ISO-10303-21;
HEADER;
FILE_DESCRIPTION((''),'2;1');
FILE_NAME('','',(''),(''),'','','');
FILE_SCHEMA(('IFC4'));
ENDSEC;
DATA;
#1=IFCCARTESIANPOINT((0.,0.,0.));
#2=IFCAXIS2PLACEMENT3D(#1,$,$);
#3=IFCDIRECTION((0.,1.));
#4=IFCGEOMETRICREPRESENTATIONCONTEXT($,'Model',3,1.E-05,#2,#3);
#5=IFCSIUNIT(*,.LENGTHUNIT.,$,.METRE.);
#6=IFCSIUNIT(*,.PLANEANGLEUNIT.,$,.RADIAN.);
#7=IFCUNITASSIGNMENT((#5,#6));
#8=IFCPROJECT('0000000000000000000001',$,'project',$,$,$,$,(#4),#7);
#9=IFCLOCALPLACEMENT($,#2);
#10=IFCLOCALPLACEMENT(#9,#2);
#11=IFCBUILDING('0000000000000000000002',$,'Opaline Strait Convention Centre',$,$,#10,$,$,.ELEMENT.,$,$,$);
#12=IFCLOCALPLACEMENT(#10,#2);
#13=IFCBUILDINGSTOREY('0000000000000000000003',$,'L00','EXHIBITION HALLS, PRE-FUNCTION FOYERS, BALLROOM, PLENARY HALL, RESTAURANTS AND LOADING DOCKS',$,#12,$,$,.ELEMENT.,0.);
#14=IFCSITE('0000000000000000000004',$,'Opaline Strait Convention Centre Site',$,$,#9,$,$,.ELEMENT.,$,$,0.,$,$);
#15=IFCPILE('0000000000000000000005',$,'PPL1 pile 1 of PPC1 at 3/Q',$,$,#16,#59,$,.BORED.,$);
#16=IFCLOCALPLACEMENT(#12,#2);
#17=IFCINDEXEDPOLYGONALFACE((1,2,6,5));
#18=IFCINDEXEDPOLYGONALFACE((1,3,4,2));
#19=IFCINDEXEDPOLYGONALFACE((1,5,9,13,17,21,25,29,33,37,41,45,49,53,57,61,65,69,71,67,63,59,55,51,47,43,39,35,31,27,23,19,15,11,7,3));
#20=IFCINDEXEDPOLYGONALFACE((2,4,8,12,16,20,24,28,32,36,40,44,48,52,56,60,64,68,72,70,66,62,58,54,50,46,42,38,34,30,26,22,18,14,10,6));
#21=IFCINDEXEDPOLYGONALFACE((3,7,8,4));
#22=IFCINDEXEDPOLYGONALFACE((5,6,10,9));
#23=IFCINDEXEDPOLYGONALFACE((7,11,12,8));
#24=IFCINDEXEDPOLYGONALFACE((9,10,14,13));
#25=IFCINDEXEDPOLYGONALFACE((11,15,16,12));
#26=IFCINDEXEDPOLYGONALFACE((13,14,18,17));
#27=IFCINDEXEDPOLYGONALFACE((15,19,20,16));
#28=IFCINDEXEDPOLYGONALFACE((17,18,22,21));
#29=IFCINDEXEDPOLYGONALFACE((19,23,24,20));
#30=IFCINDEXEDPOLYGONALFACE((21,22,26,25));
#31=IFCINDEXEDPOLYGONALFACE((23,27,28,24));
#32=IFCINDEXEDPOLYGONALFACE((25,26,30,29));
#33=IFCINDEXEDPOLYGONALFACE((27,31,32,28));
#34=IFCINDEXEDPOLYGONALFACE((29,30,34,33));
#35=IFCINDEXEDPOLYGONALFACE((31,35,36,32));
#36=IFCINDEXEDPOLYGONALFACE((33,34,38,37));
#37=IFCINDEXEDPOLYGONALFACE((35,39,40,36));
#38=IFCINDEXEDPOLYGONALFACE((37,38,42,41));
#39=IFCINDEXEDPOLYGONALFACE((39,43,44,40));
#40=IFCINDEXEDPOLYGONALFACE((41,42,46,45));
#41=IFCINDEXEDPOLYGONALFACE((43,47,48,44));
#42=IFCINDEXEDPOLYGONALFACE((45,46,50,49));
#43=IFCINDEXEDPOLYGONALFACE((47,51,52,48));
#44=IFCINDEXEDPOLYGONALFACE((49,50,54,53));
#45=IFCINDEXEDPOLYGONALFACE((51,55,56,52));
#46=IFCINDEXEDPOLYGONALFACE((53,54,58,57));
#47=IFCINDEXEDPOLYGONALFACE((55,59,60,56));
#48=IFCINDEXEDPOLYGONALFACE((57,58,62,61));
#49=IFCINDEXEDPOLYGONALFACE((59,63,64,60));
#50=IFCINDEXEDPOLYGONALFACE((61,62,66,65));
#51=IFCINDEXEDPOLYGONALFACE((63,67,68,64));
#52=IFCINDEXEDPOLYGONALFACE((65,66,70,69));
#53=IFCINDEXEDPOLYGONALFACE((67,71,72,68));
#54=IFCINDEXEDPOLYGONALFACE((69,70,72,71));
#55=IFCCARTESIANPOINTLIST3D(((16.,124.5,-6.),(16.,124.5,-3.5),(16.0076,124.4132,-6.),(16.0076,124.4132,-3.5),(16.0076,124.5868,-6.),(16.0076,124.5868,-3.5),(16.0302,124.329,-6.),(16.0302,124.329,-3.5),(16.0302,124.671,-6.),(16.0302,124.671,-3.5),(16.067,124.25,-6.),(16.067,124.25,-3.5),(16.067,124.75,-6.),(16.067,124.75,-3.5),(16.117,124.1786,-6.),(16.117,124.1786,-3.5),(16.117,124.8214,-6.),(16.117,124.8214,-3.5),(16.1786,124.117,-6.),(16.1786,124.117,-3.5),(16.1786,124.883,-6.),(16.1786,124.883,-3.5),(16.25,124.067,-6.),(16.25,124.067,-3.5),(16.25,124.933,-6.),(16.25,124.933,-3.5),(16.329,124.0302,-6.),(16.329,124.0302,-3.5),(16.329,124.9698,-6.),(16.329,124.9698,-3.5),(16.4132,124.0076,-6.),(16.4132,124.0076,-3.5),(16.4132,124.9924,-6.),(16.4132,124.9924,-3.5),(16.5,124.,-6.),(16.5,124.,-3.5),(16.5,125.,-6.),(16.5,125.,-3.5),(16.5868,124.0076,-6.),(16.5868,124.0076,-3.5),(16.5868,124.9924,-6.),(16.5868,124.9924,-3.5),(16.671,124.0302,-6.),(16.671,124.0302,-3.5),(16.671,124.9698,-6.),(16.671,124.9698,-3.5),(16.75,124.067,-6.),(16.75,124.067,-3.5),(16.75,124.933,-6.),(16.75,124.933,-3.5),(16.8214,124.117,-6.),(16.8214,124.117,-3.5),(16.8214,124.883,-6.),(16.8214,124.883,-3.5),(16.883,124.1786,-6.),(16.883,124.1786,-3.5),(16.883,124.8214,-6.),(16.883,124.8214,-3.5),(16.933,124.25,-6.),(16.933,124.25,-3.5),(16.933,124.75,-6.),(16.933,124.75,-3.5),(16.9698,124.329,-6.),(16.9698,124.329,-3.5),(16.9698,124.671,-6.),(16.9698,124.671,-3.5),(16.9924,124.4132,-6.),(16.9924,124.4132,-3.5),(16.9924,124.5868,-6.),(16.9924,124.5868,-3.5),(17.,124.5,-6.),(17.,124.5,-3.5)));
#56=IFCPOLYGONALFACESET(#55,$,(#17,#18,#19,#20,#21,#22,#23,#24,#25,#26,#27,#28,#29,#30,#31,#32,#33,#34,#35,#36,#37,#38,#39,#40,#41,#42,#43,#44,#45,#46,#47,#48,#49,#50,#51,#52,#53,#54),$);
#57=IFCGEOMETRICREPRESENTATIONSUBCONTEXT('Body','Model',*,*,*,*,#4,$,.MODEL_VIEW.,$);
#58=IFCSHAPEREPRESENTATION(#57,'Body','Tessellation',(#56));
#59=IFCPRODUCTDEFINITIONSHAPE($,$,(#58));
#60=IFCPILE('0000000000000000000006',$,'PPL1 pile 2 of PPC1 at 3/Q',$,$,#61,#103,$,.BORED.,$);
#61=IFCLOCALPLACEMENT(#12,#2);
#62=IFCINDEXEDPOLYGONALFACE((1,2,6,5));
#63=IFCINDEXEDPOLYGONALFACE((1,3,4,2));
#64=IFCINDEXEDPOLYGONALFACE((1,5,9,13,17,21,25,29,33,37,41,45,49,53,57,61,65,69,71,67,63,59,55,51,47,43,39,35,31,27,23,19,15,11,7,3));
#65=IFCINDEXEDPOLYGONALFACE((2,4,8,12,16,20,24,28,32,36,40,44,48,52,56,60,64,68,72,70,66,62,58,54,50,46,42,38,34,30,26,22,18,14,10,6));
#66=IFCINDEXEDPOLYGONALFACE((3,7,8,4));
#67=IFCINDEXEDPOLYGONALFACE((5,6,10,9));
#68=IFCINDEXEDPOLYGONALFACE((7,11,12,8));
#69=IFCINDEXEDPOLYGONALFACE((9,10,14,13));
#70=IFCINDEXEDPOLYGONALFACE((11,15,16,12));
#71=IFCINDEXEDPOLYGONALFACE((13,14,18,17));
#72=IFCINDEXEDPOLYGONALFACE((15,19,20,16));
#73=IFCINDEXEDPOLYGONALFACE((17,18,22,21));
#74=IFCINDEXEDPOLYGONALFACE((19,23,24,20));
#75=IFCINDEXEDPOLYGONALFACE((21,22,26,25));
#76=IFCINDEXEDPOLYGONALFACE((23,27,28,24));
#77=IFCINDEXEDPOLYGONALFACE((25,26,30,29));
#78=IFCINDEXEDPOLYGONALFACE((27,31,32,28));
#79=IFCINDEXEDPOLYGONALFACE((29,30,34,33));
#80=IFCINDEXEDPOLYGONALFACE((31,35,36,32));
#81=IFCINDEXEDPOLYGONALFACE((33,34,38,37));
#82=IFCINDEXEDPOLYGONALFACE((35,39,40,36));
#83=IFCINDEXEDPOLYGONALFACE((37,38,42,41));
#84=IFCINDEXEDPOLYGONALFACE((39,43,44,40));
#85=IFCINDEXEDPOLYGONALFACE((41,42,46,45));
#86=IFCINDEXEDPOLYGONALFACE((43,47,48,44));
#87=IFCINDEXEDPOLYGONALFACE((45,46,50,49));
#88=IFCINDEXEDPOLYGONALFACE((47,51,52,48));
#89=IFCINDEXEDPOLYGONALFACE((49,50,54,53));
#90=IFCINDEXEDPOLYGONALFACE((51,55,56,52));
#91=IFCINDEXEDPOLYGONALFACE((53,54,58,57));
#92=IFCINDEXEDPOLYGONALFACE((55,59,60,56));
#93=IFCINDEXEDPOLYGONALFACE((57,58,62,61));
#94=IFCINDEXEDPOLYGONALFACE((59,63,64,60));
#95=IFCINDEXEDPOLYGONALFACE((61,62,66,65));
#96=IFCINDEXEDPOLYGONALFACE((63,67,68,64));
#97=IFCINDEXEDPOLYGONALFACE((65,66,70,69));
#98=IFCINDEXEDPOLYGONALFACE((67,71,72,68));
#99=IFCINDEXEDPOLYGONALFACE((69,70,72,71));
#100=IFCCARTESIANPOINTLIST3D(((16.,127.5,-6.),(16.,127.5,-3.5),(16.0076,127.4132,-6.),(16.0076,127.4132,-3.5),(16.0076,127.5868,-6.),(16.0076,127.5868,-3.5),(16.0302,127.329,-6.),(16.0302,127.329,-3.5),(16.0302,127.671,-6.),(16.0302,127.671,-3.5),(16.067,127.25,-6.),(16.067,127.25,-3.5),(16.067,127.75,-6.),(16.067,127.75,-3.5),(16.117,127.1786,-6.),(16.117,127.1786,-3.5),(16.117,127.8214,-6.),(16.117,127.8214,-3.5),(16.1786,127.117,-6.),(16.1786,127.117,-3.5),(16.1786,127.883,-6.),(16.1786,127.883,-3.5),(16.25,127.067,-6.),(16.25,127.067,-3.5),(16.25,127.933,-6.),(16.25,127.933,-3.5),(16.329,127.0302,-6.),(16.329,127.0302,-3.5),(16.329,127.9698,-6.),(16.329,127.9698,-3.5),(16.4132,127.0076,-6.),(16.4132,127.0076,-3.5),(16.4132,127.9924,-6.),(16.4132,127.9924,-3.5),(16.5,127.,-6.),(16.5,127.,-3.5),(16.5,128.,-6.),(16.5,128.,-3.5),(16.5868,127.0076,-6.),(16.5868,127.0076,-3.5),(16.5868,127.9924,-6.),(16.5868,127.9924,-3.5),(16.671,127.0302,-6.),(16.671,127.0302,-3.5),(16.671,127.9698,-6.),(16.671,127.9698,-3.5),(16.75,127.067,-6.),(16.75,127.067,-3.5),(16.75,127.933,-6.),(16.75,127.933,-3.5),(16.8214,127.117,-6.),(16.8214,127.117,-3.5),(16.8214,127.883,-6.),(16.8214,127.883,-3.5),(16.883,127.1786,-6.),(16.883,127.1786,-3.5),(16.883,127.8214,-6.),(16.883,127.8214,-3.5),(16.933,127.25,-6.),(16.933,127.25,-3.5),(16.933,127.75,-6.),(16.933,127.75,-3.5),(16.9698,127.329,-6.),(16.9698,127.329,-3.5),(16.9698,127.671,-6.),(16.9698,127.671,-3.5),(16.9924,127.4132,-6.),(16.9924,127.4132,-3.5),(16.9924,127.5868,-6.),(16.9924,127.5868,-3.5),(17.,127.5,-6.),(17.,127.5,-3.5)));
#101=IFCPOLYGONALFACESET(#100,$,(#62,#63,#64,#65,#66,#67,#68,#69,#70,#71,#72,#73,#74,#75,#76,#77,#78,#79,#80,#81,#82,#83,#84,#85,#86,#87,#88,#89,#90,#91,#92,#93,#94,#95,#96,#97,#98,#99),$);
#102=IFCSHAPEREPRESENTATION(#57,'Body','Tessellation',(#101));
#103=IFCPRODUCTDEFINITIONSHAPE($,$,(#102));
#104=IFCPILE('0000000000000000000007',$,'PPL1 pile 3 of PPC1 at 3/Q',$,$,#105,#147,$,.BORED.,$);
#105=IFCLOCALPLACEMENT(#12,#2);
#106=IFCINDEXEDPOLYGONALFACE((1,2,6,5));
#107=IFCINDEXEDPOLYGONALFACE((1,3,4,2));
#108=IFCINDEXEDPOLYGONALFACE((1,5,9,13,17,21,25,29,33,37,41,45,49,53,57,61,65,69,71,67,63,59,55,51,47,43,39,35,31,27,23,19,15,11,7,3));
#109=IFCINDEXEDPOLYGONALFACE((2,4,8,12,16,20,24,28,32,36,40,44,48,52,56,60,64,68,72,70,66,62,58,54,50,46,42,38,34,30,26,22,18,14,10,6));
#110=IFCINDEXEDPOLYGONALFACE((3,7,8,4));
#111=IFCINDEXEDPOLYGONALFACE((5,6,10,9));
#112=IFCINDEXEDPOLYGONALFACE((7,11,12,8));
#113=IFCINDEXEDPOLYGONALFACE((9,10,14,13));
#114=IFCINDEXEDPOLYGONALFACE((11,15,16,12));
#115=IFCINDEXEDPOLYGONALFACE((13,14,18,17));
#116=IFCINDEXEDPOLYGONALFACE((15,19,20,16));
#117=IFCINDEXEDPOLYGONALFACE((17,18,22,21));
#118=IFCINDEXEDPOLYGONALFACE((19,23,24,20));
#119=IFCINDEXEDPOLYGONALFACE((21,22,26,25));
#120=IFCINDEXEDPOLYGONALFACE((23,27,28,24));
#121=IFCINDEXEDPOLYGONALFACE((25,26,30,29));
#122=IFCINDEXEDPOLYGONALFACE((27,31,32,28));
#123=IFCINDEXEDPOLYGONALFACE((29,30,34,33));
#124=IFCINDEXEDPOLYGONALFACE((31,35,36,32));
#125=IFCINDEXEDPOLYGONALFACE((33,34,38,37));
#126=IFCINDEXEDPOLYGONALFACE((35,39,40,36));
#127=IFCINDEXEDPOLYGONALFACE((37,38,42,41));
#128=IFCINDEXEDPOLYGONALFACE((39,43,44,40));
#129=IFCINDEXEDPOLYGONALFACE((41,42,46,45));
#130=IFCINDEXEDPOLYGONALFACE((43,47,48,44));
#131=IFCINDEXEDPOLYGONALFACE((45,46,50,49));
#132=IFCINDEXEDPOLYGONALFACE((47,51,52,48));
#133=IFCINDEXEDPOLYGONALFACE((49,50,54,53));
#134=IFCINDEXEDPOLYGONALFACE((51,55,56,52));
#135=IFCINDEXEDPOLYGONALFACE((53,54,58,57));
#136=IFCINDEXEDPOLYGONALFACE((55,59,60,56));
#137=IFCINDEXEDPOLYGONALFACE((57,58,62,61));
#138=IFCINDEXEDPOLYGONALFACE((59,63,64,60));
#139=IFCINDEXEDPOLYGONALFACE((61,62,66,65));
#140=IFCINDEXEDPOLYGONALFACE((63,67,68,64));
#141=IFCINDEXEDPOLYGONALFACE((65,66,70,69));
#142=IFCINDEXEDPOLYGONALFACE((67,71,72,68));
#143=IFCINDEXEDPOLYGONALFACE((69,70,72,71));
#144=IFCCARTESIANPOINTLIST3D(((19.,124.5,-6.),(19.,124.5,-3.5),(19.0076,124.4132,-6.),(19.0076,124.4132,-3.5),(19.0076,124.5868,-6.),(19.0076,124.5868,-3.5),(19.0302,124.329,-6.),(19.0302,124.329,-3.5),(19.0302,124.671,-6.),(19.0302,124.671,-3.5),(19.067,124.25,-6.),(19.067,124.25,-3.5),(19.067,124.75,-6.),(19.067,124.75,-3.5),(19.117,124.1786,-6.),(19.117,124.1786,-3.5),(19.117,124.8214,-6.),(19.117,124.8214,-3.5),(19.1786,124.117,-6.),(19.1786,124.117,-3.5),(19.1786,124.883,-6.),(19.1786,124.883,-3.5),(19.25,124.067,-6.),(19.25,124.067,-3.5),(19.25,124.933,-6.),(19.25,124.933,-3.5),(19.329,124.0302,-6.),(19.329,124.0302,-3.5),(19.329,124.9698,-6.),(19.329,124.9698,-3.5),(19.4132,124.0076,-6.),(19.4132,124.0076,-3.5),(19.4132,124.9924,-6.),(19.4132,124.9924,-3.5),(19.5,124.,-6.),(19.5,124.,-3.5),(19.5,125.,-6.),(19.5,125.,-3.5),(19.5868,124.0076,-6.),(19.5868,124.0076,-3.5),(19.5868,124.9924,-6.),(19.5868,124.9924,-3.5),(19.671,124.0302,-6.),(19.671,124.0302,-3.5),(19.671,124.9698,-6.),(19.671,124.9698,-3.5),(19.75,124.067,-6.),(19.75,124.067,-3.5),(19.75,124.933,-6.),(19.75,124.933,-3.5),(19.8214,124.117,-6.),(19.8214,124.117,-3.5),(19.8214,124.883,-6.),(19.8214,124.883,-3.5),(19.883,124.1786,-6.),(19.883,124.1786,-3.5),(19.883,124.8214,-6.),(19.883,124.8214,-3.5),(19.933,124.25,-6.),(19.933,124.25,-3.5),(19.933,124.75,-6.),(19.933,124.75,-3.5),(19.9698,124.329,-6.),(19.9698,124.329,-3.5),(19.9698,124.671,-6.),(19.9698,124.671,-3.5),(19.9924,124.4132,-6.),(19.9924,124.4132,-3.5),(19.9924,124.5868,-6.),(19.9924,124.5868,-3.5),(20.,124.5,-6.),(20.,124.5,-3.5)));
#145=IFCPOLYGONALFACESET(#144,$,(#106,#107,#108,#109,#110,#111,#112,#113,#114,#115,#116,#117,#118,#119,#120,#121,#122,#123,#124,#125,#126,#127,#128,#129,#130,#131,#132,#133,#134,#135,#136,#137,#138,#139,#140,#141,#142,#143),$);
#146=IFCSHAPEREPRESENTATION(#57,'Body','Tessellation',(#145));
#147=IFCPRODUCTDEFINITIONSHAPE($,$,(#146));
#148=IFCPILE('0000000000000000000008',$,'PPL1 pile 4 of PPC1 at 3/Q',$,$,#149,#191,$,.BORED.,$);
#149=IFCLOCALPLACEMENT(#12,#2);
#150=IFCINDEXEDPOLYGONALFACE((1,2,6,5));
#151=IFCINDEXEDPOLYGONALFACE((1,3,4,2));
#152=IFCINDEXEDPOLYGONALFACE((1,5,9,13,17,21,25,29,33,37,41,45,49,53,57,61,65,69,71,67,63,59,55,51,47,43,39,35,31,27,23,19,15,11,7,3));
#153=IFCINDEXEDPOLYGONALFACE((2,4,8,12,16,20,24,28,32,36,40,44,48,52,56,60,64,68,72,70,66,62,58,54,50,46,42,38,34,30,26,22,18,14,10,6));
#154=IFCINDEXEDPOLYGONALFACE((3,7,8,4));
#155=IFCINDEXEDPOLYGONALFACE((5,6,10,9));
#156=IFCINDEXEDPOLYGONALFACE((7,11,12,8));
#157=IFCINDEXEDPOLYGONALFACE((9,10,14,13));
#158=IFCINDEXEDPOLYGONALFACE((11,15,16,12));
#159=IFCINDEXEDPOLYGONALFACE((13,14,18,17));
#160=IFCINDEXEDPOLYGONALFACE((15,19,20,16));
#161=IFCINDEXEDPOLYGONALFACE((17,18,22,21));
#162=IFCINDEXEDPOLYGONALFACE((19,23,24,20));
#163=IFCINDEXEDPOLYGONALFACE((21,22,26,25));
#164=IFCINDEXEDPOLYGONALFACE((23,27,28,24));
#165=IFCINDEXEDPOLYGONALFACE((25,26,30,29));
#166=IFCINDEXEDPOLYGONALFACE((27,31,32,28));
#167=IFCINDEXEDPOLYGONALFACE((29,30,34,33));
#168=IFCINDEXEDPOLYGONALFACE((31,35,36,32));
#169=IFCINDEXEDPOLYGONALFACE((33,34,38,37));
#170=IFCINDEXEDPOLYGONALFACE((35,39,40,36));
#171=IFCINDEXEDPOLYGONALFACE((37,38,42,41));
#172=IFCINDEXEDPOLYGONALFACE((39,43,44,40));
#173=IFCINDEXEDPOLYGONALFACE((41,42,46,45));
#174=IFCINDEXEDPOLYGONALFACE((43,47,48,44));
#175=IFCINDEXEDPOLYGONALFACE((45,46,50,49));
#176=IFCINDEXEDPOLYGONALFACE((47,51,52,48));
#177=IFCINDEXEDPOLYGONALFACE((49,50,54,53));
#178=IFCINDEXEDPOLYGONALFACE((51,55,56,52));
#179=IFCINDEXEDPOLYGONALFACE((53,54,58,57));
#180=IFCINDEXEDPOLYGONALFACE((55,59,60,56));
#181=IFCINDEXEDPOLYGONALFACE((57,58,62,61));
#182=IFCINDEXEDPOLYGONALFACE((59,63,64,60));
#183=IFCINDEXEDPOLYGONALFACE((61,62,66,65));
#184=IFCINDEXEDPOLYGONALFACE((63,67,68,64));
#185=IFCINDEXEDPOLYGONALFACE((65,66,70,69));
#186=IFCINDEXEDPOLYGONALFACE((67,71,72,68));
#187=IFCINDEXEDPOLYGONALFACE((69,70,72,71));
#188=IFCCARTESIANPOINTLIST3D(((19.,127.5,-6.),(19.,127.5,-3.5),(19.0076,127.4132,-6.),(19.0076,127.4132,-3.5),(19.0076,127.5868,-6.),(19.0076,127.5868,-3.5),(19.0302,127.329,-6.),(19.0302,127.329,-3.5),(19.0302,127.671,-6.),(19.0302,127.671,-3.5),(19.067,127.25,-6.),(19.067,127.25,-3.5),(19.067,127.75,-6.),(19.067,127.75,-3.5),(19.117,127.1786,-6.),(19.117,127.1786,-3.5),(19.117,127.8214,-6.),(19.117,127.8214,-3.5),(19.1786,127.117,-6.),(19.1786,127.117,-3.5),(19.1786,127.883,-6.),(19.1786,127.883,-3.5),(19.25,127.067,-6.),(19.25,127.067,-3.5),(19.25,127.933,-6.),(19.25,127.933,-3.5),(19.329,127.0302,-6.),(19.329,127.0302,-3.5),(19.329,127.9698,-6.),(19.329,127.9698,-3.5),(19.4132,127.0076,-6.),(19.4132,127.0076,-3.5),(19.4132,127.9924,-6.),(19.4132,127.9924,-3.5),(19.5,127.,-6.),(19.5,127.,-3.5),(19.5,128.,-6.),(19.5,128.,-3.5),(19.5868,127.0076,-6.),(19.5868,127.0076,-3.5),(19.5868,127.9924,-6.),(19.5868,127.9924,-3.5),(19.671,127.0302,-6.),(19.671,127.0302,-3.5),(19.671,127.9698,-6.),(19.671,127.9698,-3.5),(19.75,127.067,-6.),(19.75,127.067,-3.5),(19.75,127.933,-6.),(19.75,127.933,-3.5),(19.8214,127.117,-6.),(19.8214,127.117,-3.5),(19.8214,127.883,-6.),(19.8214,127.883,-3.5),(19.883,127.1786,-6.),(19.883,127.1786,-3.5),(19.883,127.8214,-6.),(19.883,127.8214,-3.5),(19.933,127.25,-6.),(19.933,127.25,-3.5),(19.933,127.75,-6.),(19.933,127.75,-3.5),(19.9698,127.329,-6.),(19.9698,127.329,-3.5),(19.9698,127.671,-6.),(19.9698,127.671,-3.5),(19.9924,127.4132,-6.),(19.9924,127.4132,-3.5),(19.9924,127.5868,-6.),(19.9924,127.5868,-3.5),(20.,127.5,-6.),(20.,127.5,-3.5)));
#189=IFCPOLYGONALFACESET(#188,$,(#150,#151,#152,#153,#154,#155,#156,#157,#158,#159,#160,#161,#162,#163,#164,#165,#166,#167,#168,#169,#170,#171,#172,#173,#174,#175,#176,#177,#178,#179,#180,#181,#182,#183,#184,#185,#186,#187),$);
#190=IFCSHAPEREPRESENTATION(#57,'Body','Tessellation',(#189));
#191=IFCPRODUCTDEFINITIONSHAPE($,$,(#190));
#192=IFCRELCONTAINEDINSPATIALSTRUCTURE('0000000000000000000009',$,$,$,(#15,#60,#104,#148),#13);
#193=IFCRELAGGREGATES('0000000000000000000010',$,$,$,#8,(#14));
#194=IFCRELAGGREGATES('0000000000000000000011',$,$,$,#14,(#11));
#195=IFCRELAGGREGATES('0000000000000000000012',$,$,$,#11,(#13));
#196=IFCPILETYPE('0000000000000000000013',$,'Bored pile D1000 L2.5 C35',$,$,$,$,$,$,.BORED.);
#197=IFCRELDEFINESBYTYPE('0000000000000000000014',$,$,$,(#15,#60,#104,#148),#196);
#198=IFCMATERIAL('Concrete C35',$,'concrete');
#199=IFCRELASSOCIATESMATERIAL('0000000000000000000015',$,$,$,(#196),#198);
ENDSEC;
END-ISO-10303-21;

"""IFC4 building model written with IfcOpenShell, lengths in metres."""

from ifc_helpers import new_model, si_unit, direction, frame, origin, origin_2d, place, context, subcontext, project, spatial, circle, extrude, material, material_profile, profile_set, type_object, element, save


model = new_model("IFC4")

# Units and contexts
model_context = context("Model", 3, precision=1e-05, world=origin(), true_north=direction((0.0, 1.0)))
body_context = subcontext(model_context, "Body", "Model", "MODEL_VIEW")
ifc_project = project(units=[si_unit("LENGTHUNIT", "METRE"), si_unit("PLANEANGLEUNIT", "RADIAN")], contexts=[model_context])

# Site, building, storey
site_placement = place(None, origin())
site = spatial("IfcSite", under=ifc_project, at=site_placement, Name="Opaline Strait Convention Centre Site", CompositionType="ELEMENT", RefElevation=0.0)
building_placement = place(site_placement, origin())
building = spatial("IfcBuilding", under=site, at=building_placement, Name="Opaline Strait Convention Centre", CompositionType="ELEMENT")
storey_placement = place(building_placement, origin())
storey = spatial("IfcBuildingStorey", under=building, at=storey_placement, Name="L00", Description="EXHIBITION HALLS, PRE-FUNCTION FOYERS, BALLROOM, PLENARY HALL, RESTAURANTS AND LOADING DOCKS", CompositionType="ELEMENT", Elevation=0.0)

# Piles
ifc_material_1 = material(Name="Concrete C35", Category="concrete")
ifc_material_profile_1 = material_profile(ifc_material_1, circle(Radius=0.5, at=origin_2d()), Name="D1000")
ifc_profile_set_1 = profile_set([ifc_material_profile_1], Name="Concrete C35")
pile_type_1 = type_object("IfcPileType", Name="Bored pile D1000 L2.5 C35", PredefinedType="BORED", material=ifc_profile_set_1)
for number, where, z_axis, x_axis, name in (
    (1, (16.5, 124.5, -3.5), (0.0, 0.0, -1.0), (1.0, 0.0, 0.0), "PPL1 pile 1 of PPC1 at 3/Q"),
    (2, (16.5, 127.5, -3.5), (0.0, 0.0, -1.0), (1.0, 0.0, 0.0), "PPL1 pile 2 of PPC1 at 3/Q"),
    (3, (19.5, 124.5, -3.5), (0.0, 0.0, -1.0), (1.0, 0.0, 0.0), "PPL1 pile 3 of PPC1 at 3/Q"),
    (4, (19.5, 127.5, -3.5), (0.0, 0.0, -1.0), (1.0, 0.0, 0.0), "PPL1 pile 4 of PPC1 at 3/Q"),
):
    element("IfcPile", number, at=place(storey_placement, frame(where, z_axis=z_axis, x_axis=x_axis)), inside=storey, type_object=pile_type_1, Name=name, PredefinedType="BORED", context=body_context, shape_type="SweptSolid", body=[
        extrude(circle(Radius=0.5, at=origin_2d()), origin(), (0.0, 0.0, 1.0), 2.5),
    ])

save(model, "model.ifc")
